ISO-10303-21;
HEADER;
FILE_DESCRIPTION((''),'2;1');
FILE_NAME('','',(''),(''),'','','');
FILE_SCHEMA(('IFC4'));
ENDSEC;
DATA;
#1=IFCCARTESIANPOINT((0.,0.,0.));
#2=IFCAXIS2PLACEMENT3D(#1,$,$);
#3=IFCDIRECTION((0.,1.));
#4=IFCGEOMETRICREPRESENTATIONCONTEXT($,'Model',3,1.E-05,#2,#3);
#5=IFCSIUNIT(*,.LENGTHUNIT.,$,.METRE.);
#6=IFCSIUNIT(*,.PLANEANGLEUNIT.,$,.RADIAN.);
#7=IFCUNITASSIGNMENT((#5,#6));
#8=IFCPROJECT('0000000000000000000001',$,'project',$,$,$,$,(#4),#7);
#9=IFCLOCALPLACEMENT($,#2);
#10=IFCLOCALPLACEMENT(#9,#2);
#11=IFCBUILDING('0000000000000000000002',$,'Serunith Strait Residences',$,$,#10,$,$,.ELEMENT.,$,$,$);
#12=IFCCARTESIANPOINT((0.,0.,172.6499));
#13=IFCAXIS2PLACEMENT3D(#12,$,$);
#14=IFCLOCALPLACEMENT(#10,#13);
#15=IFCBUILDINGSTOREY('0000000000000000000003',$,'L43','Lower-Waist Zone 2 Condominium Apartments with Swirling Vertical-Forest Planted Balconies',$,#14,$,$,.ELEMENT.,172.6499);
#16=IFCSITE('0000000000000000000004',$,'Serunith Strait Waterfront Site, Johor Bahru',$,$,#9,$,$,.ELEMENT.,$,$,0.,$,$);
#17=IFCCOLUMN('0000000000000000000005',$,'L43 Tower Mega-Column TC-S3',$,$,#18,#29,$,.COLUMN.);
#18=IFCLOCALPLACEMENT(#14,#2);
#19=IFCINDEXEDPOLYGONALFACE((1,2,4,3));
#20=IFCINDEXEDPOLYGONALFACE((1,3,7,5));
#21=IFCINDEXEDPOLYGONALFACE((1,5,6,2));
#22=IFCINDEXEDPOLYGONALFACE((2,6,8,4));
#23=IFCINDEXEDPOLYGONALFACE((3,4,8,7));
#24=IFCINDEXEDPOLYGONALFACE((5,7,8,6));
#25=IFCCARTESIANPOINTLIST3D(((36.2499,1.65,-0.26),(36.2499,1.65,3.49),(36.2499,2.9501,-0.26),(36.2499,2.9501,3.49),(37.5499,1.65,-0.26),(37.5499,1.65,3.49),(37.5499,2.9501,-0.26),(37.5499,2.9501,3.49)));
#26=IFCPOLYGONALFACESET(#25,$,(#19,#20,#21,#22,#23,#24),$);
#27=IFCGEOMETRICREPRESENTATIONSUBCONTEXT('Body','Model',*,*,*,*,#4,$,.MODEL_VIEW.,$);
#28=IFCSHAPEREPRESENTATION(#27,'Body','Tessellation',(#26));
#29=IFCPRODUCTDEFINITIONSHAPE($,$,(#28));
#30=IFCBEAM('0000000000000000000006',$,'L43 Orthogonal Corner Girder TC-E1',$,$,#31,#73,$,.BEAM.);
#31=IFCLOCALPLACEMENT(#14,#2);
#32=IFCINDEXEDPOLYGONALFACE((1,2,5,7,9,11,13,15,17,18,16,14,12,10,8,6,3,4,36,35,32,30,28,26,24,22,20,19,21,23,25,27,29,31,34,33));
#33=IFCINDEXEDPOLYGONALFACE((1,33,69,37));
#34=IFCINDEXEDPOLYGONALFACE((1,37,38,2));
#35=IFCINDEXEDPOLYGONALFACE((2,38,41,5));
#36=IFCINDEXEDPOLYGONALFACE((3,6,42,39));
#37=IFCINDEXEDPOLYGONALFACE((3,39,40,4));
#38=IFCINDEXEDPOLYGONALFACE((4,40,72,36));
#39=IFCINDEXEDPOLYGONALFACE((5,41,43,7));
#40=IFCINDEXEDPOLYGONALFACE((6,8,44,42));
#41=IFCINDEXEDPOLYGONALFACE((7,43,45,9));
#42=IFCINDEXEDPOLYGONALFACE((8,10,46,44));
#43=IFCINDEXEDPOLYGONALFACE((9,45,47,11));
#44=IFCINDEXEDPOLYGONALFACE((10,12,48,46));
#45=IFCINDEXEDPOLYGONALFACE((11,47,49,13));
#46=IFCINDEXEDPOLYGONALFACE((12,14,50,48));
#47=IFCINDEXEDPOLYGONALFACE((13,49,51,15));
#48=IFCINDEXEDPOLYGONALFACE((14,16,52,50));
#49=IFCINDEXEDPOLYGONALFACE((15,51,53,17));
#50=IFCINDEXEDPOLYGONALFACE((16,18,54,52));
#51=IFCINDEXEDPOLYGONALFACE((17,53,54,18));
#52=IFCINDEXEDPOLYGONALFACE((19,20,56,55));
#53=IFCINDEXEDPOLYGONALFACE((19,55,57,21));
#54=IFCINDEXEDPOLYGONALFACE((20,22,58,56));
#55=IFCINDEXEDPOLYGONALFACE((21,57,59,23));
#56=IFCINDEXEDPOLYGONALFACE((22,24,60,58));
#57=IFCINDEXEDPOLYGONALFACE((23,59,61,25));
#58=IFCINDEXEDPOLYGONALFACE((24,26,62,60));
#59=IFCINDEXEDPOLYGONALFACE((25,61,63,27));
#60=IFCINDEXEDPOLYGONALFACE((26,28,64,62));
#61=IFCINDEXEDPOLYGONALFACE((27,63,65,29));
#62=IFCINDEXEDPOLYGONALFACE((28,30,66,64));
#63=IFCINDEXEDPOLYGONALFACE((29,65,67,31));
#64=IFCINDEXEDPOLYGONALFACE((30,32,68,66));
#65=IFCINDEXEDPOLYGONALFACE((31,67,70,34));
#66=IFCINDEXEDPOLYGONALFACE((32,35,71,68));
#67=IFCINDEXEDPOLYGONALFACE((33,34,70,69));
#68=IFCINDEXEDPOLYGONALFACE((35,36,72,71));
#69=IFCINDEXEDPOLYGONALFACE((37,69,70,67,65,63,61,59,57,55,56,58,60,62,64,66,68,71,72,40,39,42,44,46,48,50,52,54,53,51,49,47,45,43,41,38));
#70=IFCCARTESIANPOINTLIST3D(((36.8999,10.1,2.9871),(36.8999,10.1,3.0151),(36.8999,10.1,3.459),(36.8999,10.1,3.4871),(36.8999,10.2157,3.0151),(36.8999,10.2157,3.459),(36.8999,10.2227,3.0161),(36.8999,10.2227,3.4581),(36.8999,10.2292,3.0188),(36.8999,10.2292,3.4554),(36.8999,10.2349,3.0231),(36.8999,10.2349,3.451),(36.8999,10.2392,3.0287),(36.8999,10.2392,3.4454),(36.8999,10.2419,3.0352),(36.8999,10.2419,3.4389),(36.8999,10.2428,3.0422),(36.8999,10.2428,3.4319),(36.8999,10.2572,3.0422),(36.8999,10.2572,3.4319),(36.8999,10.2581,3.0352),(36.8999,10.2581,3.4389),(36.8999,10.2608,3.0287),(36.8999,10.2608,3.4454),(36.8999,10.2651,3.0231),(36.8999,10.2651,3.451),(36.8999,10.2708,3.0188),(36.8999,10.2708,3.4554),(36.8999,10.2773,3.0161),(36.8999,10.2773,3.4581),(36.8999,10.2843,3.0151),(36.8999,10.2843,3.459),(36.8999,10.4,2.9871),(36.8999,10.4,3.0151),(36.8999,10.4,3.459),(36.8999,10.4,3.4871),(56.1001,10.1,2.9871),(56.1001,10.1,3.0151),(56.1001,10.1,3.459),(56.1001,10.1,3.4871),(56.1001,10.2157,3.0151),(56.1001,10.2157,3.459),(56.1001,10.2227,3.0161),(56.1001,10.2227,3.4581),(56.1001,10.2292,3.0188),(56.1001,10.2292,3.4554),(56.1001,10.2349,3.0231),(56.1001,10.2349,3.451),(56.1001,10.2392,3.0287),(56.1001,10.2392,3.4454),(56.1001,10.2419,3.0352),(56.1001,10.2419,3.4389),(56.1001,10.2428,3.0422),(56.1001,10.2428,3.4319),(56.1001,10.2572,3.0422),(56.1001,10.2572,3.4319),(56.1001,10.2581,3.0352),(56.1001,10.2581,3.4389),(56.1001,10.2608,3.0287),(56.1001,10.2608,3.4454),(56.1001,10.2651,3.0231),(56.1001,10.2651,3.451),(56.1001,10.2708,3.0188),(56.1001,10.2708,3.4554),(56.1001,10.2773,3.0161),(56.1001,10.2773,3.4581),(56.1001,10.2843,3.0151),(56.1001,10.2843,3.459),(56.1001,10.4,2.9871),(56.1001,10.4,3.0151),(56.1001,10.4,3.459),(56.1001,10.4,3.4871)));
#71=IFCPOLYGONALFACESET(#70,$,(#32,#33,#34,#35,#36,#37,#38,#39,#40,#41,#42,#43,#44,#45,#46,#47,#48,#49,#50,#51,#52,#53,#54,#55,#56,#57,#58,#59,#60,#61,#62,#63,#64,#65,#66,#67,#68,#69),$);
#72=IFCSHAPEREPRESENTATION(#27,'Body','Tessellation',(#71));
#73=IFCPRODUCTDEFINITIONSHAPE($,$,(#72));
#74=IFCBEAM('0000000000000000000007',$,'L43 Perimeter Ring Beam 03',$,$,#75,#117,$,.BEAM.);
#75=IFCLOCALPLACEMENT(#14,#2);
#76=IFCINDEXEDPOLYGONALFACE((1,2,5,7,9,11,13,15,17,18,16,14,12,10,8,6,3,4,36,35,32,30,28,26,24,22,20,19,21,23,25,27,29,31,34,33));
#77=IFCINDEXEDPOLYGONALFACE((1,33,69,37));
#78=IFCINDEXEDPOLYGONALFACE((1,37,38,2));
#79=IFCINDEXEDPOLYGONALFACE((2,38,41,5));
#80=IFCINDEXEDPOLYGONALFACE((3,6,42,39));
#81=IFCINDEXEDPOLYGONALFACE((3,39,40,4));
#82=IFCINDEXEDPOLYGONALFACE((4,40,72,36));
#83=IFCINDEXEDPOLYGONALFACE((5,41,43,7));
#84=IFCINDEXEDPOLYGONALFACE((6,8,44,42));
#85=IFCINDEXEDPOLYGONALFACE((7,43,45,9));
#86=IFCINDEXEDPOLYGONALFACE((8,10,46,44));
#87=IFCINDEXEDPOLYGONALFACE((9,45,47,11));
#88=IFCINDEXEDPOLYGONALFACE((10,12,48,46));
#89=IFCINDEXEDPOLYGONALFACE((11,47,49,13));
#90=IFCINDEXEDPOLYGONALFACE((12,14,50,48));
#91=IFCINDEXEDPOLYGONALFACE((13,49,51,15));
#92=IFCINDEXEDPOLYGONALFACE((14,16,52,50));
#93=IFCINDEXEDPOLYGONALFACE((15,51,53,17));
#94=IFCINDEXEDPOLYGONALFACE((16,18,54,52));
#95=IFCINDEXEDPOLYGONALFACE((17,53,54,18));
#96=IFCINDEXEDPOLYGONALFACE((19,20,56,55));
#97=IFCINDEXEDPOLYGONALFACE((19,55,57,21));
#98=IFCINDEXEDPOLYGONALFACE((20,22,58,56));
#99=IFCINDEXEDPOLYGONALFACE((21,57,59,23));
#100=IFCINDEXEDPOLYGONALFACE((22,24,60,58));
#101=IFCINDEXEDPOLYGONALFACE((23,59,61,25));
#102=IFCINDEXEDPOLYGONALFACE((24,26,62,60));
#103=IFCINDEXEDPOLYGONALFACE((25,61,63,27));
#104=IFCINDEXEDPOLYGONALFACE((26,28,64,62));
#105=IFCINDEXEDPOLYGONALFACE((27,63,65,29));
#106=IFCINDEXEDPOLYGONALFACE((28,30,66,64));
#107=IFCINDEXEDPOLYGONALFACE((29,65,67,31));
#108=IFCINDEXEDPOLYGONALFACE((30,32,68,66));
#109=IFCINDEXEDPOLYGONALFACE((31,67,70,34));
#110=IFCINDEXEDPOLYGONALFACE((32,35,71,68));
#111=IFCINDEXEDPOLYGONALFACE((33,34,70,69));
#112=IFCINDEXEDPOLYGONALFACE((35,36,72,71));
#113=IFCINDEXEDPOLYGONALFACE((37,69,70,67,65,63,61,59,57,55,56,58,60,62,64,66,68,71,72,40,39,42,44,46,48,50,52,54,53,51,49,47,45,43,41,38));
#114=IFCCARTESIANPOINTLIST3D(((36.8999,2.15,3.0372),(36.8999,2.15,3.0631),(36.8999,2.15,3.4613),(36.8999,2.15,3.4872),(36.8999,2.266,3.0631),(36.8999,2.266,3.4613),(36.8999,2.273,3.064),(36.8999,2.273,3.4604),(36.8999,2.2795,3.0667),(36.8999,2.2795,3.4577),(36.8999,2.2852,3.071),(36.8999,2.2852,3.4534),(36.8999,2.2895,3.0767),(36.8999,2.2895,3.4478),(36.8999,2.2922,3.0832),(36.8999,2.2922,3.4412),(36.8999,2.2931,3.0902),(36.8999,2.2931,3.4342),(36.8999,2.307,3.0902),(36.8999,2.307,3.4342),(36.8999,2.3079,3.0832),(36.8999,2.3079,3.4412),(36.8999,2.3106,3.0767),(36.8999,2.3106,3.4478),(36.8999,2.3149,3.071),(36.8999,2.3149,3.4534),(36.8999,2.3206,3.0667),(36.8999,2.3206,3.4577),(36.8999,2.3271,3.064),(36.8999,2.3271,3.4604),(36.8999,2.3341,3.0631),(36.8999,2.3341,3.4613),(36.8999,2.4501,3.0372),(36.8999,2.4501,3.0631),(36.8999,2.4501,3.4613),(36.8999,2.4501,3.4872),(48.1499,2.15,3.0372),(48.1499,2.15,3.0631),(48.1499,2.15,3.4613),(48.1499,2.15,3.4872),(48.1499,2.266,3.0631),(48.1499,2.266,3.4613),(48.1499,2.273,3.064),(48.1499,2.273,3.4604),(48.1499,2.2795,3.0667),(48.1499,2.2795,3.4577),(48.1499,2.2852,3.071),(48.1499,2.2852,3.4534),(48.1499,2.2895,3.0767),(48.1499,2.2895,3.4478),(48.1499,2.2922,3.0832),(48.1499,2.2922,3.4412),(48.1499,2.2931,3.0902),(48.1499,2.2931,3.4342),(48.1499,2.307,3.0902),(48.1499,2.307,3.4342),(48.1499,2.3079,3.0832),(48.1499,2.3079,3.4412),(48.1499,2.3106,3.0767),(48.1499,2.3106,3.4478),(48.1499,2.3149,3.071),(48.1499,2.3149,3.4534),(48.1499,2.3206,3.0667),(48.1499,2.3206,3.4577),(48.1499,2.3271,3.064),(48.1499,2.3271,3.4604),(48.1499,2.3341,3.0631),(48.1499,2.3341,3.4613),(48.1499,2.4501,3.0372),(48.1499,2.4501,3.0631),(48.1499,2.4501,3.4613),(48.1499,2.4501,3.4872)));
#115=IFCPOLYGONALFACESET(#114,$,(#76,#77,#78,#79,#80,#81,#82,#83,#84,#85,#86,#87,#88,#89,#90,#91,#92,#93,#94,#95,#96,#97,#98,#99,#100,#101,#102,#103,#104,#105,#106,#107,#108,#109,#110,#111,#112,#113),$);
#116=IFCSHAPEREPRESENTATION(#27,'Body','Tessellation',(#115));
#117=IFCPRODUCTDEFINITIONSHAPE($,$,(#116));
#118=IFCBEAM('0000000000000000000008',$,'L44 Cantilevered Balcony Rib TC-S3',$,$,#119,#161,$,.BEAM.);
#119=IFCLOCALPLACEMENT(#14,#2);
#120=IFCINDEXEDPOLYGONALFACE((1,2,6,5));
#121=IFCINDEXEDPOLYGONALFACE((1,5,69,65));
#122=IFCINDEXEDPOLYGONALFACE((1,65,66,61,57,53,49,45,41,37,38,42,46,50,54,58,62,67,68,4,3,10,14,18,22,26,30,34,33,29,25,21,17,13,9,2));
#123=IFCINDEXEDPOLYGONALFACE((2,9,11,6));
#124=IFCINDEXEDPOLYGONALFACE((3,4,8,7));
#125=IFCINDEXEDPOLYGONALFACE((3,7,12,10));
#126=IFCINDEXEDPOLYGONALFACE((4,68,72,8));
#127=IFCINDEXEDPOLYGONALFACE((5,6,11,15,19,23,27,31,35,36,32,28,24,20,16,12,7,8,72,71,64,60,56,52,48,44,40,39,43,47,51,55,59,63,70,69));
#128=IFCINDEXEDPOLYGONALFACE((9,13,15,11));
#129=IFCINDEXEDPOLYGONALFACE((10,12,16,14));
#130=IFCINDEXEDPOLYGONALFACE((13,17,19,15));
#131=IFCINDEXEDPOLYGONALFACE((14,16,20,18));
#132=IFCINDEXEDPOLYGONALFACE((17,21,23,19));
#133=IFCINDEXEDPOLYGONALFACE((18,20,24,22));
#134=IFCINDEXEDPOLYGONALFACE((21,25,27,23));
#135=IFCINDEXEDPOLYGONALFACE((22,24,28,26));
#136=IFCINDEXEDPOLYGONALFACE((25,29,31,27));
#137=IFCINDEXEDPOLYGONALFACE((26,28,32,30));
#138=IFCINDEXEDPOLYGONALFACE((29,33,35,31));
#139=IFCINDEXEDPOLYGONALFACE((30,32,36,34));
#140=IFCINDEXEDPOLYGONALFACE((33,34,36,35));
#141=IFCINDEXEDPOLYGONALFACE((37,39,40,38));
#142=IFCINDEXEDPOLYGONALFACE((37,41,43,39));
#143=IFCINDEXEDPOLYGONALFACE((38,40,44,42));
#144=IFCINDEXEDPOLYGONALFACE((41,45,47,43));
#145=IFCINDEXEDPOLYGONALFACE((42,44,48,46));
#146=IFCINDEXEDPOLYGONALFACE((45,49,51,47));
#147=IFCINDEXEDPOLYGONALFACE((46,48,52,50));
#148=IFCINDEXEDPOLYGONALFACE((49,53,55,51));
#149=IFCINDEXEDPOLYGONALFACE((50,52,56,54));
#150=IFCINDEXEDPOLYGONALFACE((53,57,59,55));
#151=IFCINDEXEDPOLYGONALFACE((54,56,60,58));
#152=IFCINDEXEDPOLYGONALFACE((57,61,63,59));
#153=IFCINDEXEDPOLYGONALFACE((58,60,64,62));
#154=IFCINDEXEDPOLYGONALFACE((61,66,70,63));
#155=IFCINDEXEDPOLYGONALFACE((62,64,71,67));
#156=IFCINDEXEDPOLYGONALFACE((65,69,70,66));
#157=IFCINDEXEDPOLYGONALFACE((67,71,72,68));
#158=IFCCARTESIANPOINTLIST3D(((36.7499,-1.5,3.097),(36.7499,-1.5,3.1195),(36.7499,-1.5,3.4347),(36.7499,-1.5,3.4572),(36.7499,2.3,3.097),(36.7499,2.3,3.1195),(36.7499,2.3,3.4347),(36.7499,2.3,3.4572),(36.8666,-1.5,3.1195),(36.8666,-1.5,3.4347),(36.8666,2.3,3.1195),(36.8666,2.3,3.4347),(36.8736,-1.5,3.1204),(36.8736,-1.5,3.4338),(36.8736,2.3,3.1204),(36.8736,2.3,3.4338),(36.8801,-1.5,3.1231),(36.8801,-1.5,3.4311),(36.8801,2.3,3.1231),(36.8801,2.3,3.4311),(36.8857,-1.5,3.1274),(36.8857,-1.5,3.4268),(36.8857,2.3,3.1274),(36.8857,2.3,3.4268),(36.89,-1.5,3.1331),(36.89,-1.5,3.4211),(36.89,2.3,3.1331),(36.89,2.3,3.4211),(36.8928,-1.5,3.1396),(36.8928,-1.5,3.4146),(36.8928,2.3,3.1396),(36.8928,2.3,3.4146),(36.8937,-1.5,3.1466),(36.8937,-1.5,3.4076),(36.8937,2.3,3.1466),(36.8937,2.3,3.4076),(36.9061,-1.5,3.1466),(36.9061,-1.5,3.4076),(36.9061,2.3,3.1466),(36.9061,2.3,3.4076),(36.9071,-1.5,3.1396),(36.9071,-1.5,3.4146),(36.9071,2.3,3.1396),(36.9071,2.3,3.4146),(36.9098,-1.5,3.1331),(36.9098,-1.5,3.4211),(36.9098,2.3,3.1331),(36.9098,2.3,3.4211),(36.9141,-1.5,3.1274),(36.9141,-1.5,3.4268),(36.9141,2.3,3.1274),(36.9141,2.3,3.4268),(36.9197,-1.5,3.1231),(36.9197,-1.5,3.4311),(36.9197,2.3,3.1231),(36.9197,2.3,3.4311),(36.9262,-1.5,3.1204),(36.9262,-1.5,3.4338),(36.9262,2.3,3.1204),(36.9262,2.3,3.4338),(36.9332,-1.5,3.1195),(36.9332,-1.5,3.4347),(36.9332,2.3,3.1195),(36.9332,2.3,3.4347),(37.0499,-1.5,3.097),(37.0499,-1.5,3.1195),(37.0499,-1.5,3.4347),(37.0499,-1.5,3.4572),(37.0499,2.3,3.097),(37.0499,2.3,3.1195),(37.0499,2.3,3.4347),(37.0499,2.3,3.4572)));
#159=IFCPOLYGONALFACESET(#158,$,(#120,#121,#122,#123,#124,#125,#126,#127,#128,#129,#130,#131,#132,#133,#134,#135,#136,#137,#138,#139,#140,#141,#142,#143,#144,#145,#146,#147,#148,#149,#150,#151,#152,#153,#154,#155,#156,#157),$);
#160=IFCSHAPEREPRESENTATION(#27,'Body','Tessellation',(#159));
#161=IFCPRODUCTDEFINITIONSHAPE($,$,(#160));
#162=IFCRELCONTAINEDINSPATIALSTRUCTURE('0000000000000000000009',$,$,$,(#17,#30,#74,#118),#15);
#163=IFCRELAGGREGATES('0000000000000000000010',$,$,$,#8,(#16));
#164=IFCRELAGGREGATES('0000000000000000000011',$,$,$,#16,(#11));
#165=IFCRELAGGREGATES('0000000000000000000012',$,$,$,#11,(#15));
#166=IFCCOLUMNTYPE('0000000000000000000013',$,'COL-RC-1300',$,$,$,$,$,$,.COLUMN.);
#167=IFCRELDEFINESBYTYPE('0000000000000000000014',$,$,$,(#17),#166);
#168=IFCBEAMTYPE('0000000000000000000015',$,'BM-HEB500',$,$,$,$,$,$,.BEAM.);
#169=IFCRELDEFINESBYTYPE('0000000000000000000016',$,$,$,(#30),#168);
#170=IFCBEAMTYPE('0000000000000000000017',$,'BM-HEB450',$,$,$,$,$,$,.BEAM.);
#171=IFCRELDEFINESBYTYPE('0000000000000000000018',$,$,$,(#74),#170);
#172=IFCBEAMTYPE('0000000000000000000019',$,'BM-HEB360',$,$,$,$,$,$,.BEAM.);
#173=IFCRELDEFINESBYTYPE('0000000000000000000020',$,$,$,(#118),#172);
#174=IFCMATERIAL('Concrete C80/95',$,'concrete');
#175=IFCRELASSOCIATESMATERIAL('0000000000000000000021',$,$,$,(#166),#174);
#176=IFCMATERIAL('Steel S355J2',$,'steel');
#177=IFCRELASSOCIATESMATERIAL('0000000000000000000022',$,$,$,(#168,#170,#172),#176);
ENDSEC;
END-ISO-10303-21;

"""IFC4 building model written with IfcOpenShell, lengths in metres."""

from ifc_helpers import new_model, si_unit, direction, frame, origin, origin_2d, place, context, subcontext, project, spatial, rectangle, i_section, extrude, source, transform, mapped, material, material_profile, profile_set, type_object, element, save


model = new_model("IFC4")

# Units and contexts
model_context = context("Model", 3, precision=1e-05, world=origin(), true_north=direction((0.0, 1.0)))
body_context = subcontext(model_context, "Body", "Model", "MODEL_VIEW")
ifc_project = project(units=[si_unit("LENGTHUNIT", "METRE"), si_unit("PLANEANGLEUNIT", "RADIAN")], contexts=[model_context])

# Site, building, storey
site_placement = place(None, origin())
site = spatial("IfcSite", under=ifc_project, at=site_placement, Name="Serunith Strait Waterfront Site, Johor Bahru", CompositionType="ELEMENT", RefElevation=0.0)
building_placement = place(site_placement, origin())
building = spatial("IfcBuilding", under=site, at=building_placement, Name="Serunith Strait Residences", CompositionType="ELEMENT")
storey_placement = place(building_placement, frame((0.0, 0.0, 172.6499)))
storey = spatial("IfcBuildingStorey", under=building, at=storey_placement, Name="L43", Description="Lower-Waist Zone 2 Condominium Apartments with Swirling Vertical-Forest Planted Balconies", CompositionType="ELEMENT", Elevation=172.6499)

# Column
ifc_material_1 = material(Name="Concrete C80/95", Category="concrete")
ifc_material_profile_1 = material_profile(ifc_material_1, rectangle(XDim=1.3, YDim=1.3, at=origin_2d()), Name="RC 1300x1300")
ifc_profile_set_1 = profile_set([ifc_material_profile_1], Name="Concrete C80/95")
column_type = type_object("IfcColumnType", Name="COL-RC-1300", PredefinedType="COLUMN", material=ifc_profile_set_1)
shared_shape_1 = source(origin(), body_context, "Body", "SweptSolid", [
    extrude(rectangle(XDim=1.3, YDim=1.3, at=origin_2d()), origin(), (0.0, 0.0, 1.0), 3.75),
])
column_placement = place(storey_placement, frame((36.8999, 2.3, -0.26), z_axis=(0.0, 0.0, 1.0), x_axis=(1.0, 0.0, 0.0)))
element("IfcColumn", 1, at=column_placement, inside=storey, type_object=column_type, Name="L43 Tower Mega-Column TC-S3", PredefinedType="COLUMN", context=body_context, shape_type="MappedRepresentation", body=[
    mapped(shared_shape_1, transform((0.0, 0.0, 0.0), scale=1.0)),
])

# Beams
ifc_material_2 = material(Name="Steel S355J2", Category="steel")
ifc_material_profile_2 = material_profile(ifc_material_2, i_section(OverallWidth=0.3, OverallDepth=0.5, WebThickness=0.0144, FlangeThickness=0.0281, FilletRadius=0.0271, at=origin_2d()), Name="HEB 500")
ifc_profile_set_2 = profile_set([ifc_material_profile_2], Name="Steel S355J2")
beam_type_1 = type_object("IfcBeamType", Name="BM-HEB500", PredefinedType="BEAM", material=ifc_profile_set_2)
shared_shape_2 = source(origin(), body_context, "Body", "SweptSolid", [
    extrude(i_section(OverallWidth=0.3, OverallDepth=0.5, WebThickness=0.0144, FlangeThickness=0.0281, FilletRadius=0.0271, at=origin_2d()), origin(), (0.0, 0.0, 1.0), 19.2002),
])
beam_1_placement = place(storey_placement, frame((36.8999, 10.25, 3.2371), z_axis=(1.0, 0.0, 0.0), x_axis=(0.0, 1.0, 0.0)))
element("IfcBeam", 2, at=beam_1_placement, inside=storey, type_object=beam_type_1, Name="L43 Orthogonal Corner Girder TC-E1", PredefinedType="BEAM", context=body_context, shape_type="MappedRepresentation", body=[
    mapped(shared_shape_2, transform((0.0, 0.0, 0.0), scale=1.0)),
])
ifc_material_profile_3 = material_profile(ifc_material_2, i_section(OverallWidth=0.3, OverallDepth=0.45, WebThickness=0.0139, FlangeThickness=0.0259, FilletRadius=0.0271, at=origin_2d()), Name="HEB 450")
ifc_profile_set_3 = profile_set([ifc_material_profile_3], Name="Steel S355J2")
beam_type_2 = type_object("IfcBeamType", Name="BM-HEB450", PredefinedType="BEAM", material=ifc_profile_set_3)
shared_shape_3 = source(origin(), body_context, "Body", "SweptSolid", [
    extrude(i_section(OverallWidth=0.3, OverallDepth=0.45, WebThickness=0.0139, FlangeThickness=0.0259, FilletRadius=0.0271, at=origin_2d()), origin(), (0.0, 0.0, 1.0), 11.25),
])
beam_2_placement = place(storey_placement, frame((36.8999, 2.3, 3.2622), z_axis=(1.0, 0.0, 0.0), x_axis=(0.0, 1.0, 0.0)))
element("IfcBeam", 3, at=beam_2_placement, inside=storey, type_object=beam_type_2, Name="L43 Perimeter Ring Beam 03", PredefinedType="BEAM", context=body_context, shape_type="MappedRepresentation", body=[
    mapped(shared_shape_3, transform((0.0, 0.0, 0.0), scale=1.0)),
])
ifc_material_profile_4 = material_profile(ifc_material_2, i_section(OverallWidth=0.3, OverallDepth=0.3601, WebThickness=0.0125, FlangeThickness=0.0225, FilletRadius=0.0271, at=origin_2d()), Name="HEB 360")
ifc_profile_set_4 = profile_set([ifc_material_profile_4], Name="Steel S355J2")
beam_type_3 = type_object("IfcBeamType", Name="BM-HEB360", PredefinedType="BEAM", material=ifc_profile_set_4)
shared_shape_4 = source(origin(), body_context, "Body", "SweptSolid", [
    extrude(i_section(OverallWidth=0.3, OverallDepth=0.3601, WebThickness=0.0125, FlangeThickness=0.0225, FilletRadius=0.0271, at=origin_2d()), origin(), (0.0, 0.0, 1.0), 3.8),
])
beam_3_placement = place(storey_placement, frame((36.8999, 2.3, 3.2771), z_axis=(0.0, -1.0, 0.0), x_axis=(1.0, 0.0, 0.0)))
element("IfcBeam", 4, at=beam_3_placement, inside=storey, type_object=beam_type_3, Name="L44 Cantilevered Balcony Rib TC-S3", PredefinedType="BEAM", context=body_context, shape_type="MappedRepresentation", body=[
    mapped(shared_shape_4, transform((0.0, 0.0, 0.0), scale=1.0)),
])

save(model, "model.ifc")
